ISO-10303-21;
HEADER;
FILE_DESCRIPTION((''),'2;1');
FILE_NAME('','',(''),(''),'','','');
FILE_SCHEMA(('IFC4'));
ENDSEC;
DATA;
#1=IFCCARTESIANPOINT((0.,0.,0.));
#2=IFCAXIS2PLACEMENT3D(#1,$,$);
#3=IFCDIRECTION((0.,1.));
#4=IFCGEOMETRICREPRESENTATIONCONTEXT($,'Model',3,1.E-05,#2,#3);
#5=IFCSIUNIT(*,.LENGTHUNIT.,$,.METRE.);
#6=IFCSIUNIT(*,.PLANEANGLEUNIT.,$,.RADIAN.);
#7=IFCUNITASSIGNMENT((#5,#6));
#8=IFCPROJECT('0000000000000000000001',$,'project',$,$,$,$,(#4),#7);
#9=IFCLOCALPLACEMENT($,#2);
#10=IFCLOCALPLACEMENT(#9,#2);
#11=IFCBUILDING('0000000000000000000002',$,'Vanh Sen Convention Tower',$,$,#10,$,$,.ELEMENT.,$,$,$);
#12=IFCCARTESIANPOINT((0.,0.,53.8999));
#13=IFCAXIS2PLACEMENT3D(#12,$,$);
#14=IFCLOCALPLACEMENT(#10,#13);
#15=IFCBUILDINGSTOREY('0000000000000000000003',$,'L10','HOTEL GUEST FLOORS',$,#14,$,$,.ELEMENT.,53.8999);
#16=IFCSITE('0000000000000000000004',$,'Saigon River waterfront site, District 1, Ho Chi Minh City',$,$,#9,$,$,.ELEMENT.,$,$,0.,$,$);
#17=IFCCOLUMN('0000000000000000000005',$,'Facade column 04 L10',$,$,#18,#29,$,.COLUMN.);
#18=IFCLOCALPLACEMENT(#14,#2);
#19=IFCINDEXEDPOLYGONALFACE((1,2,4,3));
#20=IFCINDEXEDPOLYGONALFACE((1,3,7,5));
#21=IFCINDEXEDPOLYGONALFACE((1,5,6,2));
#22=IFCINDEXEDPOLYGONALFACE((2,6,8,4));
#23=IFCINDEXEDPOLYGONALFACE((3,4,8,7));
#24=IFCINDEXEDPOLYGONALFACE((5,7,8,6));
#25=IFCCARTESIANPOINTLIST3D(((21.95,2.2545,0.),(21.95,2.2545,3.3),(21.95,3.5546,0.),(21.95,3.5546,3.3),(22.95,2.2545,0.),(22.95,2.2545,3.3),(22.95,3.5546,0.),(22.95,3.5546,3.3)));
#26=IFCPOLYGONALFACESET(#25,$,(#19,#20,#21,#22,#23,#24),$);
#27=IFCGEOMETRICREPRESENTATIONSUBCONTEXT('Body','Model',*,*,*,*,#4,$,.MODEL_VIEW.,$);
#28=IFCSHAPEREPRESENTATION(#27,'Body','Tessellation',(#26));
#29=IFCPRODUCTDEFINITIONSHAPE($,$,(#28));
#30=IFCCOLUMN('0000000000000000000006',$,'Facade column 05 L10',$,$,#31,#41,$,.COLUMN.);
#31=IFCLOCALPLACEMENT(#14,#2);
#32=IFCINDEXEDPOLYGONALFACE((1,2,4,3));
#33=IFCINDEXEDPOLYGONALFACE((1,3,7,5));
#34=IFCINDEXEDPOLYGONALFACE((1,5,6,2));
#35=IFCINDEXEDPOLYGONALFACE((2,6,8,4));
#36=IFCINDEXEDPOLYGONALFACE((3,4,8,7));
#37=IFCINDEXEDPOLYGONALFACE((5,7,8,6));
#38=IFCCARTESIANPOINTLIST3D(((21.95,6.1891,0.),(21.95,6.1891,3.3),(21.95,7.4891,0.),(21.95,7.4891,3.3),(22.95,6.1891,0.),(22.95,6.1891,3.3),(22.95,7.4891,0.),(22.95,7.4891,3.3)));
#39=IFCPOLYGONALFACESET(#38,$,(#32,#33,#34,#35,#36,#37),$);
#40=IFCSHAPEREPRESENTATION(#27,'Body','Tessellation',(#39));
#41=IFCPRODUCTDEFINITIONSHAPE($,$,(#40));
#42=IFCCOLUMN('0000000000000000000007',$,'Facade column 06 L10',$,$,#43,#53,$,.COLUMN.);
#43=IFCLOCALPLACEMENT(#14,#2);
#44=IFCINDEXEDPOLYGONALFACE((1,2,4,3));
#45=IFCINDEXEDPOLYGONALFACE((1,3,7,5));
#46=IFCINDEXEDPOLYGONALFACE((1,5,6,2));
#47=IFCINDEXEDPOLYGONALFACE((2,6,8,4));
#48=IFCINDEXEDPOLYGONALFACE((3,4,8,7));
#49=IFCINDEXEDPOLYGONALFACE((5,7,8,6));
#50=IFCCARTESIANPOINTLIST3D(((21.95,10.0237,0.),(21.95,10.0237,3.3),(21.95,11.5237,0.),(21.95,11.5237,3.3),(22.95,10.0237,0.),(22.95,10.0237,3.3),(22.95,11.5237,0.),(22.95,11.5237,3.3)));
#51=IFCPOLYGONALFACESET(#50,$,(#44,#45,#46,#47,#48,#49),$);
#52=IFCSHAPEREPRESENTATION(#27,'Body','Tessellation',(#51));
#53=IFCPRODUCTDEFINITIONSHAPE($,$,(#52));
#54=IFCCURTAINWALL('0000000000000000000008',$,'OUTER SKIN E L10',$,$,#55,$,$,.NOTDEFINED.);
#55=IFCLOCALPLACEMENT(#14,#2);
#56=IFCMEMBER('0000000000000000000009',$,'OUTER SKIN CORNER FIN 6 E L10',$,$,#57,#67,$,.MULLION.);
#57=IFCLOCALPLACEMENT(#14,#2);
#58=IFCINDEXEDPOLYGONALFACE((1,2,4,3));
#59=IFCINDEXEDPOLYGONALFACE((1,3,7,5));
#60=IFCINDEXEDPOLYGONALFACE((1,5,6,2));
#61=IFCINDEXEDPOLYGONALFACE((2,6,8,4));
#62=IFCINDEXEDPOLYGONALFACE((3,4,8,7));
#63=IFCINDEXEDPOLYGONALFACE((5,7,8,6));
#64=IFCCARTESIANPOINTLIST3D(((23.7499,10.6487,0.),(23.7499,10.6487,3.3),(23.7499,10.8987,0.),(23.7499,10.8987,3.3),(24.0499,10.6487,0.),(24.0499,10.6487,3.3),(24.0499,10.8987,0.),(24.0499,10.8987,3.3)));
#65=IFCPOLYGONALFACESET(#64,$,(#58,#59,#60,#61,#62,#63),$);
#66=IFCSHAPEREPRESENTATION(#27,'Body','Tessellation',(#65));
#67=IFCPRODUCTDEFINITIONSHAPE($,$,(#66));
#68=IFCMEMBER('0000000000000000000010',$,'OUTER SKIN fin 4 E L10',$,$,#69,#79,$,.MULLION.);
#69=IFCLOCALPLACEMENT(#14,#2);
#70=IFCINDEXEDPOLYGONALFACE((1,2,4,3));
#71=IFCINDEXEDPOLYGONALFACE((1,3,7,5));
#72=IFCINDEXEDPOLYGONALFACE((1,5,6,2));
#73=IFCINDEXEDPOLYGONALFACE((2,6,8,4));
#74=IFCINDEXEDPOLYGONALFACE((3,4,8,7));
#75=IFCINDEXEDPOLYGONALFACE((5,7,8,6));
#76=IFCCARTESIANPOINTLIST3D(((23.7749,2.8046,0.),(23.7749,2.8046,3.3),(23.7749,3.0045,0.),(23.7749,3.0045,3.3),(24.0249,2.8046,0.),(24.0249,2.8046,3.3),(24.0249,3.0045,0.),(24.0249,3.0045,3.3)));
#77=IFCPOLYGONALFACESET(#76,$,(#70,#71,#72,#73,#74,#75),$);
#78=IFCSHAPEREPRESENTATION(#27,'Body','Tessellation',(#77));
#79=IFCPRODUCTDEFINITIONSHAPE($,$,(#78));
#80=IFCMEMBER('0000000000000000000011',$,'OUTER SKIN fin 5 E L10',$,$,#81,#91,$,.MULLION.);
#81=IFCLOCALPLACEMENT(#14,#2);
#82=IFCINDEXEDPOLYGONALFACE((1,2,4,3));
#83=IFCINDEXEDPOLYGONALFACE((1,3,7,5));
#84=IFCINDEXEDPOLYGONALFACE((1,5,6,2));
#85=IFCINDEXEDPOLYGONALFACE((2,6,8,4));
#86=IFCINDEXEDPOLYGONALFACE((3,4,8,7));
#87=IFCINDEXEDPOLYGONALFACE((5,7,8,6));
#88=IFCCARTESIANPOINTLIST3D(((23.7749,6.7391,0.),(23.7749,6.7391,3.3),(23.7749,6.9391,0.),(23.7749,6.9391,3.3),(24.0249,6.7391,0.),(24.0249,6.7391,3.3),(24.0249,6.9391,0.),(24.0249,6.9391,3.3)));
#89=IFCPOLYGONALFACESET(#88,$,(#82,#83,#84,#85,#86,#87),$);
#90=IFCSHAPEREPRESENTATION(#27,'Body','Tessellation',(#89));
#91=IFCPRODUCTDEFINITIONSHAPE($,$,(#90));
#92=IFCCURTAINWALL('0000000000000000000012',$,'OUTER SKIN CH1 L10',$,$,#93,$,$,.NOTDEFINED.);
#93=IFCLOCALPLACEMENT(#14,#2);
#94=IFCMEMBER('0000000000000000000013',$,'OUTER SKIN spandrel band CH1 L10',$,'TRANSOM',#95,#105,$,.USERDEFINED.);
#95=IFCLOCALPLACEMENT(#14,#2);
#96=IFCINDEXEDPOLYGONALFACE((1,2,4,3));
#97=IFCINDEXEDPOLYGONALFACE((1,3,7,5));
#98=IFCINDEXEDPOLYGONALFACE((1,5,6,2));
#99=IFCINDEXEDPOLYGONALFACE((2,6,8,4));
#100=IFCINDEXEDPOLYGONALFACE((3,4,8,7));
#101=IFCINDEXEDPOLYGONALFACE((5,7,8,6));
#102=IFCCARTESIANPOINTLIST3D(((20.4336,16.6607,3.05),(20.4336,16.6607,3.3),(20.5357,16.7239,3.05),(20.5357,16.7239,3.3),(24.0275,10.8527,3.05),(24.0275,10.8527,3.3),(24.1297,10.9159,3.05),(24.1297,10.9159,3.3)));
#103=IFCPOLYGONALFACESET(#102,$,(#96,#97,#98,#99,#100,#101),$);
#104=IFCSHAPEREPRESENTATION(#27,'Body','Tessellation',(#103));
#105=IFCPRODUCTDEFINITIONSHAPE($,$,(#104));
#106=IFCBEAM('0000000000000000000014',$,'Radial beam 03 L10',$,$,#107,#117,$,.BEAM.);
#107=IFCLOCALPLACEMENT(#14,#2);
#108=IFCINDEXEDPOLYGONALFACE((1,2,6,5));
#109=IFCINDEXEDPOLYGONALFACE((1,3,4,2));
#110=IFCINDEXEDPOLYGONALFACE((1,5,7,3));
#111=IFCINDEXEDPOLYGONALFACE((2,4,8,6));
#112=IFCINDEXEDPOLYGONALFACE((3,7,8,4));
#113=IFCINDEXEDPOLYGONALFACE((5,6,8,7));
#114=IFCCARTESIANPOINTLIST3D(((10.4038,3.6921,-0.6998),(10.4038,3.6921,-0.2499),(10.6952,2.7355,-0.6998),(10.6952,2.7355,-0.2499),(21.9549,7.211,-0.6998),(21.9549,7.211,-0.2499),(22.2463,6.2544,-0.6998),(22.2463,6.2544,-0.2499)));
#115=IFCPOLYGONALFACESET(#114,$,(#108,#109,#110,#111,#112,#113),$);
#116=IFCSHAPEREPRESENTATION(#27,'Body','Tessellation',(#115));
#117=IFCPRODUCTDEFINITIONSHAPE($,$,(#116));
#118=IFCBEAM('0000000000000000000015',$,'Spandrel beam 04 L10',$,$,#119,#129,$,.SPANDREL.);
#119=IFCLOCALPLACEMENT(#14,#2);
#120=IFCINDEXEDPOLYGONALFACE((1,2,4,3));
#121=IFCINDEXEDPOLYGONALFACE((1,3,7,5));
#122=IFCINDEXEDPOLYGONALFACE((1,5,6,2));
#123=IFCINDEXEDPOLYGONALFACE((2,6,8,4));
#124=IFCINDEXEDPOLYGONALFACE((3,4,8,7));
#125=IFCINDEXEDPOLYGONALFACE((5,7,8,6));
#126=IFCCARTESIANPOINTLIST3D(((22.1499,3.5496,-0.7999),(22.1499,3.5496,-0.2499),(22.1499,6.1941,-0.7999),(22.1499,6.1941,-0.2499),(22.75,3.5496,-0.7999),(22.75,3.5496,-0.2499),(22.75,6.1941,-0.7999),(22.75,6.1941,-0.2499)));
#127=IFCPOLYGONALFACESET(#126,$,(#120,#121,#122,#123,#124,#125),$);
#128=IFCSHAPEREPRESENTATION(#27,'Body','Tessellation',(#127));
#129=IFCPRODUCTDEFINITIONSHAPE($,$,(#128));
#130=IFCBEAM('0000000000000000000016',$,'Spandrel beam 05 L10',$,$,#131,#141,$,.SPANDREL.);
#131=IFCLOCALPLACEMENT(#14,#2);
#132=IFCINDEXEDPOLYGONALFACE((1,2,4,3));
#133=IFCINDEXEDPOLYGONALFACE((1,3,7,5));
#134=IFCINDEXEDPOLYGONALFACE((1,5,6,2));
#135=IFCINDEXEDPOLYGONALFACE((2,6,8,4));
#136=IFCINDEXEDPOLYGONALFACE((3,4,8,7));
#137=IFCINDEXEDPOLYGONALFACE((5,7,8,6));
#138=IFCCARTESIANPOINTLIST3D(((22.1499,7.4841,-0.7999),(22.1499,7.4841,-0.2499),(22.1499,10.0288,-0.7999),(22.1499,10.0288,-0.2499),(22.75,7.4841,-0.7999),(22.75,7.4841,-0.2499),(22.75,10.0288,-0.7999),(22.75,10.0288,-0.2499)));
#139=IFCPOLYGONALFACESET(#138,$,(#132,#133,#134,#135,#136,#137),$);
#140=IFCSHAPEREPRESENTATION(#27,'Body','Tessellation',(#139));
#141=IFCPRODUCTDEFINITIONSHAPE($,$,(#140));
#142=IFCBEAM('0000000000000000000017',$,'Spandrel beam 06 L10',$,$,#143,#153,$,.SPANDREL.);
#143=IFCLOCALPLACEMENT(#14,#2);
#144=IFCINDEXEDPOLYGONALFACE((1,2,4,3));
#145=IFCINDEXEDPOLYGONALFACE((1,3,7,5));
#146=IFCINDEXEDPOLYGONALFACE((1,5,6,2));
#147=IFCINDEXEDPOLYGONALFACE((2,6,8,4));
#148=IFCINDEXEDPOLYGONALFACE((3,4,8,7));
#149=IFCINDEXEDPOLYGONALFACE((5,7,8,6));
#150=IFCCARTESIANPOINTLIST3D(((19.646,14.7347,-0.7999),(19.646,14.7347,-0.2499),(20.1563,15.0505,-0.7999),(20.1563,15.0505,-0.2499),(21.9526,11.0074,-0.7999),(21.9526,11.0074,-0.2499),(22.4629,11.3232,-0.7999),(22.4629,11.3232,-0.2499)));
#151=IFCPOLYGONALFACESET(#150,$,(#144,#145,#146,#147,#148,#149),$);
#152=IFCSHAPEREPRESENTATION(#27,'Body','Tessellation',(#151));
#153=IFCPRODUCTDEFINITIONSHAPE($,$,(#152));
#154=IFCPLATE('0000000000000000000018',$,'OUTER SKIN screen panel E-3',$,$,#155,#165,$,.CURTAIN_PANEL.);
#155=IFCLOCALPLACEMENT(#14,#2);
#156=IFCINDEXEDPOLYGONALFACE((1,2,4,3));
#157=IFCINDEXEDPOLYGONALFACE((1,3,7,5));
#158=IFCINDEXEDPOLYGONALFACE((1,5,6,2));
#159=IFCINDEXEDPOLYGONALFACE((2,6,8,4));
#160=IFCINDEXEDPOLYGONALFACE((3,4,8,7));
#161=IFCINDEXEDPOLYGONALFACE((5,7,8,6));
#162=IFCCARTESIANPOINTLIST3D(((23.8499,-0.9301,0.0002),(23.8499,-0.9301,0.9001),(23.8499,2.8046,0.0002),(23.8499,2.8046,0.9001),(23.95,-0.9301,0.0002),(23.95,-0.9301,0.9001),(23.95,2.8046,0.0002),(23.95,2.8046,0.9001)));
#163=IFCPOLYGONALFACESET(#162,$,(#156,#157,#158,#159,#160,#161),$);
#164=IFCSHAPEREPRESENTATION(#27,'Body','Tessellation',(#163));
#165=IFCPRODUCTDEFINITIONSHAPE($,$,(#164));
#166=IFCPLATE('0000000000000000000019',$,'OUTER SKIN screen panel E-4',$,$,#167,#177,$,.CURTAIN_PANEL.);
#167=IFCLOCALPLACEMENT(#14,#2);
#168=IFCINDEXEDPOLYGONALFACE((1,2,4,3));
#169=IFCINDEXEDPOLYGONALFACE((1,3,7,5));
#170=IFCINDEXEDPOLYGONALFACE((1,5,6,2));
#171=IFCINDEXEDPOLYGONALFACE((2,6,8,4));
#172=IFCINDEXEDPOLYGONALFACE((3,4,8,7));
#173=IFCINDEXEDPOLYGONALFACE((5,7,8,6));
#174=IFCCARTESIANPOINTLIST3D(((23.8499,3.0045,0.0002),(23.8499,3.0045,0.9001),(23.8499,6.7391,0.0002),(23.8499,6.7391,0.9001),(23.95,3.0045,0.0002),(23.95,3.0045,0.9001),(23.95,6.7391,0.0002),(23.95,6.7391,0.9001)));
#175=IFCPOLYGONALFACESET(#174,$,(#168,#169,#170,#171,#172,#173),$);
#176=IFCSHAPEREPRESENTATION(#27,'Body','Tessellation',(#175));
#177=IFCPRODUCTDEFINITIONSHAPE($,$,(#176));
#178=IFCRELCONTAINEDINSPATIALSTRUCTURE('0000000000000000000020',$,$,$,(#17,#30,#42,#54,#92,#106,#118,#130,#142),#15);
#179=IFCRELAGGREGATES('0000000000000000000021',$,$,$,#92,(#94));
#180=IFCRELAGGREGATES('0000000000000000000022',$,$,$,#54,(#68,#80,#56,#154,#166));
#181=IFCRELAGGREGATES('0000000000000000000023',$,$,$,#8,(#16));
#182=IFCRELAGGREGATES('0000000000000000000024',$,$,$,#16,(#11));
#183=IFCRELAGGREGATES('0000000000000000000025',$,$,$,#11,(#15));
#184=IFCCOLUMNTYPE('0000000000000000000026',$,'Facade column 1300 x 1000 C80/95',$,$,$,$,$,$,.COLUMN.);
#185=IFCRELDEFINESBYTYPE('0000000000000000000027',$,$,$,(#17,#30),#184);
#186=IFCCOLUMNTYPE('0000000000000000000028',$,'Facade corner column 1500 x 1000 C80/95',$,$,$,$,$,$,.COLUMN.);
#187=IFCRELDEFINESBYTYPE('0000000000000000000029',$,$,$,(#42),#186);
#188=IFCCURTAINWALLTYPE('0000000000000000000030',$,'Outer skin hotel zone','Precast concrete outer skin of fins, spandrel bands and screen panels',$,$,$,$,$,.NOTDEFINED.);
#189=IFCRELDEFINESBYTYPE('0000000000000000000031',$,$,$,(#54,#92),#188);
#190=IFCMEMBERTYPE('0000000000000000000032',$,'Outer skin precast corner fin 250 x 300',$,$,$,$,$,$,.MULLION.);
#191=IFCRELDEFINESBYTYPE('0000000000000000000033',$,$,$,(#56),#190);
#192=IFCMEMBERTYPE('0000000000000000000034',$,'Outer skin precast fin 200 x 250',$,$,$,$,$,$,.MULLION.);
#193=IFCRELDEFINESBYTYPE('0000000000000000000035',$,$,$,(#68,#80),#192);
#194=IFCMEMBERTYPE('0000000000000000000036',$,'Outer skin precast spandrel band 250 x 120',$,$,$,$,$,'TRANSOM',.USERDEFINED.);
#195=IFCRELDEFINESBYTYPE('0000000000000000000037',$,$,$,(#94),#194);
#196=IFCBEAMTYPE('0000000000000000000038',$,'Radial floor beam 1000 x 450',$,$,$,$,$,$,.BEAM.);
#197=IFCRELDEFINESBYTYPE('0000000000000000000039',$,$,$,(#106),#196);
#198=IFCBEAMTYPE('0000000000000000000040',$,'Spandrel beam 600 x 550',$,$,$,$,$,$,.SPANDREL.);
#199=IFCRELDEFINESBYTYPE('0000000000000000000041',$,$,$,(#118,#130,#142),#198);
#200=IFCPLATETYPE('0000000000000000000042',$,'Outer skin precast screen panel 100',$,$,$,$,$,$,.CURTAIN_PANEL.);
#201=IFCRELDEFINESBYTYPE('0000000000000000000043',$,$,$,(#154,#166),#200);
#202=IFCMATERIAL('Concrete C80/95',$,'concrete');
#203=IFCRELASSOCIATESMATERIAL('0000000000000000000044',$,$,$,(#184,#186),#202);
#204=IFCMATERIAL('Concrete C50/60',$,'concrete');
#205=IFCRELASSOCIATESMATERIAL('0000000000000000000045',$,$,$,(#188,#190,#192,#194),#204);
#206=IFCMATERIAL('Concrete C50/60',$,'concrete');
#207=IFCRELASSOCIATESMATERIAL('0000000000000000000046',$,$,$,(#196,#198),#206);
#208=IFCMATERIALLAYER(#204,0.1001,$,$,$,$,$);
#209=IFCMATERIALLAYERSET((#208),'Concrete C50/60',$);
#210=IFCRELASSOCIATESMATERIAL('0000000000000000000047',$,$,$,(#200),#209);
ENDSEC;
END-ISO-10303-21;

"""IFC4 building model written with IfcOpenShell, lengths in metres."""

from ifc_helpers import new_model, si_unit, direction, frame, origin, origin_2d, place, context, subcontext, project, spatial, rectangle, extrude, material, layer, layer_set, material_profile, profile_set, type_object, element, aggregate, save


model = new_model("IFC4")

# Units and contexts
model_context = context("Model", 3, precision=1e-05, world=origin(), true_north=direction((0.0, 1.0)))
body_context = subcontext(model_context, "Body", "Model", "MODEL_VIEW")
ifc_project = project(units=[si_unit("LENGTHUNIT", "METRE"), si_unit("PLANEANGLEUNIT", "RADIAN")], contexts=[model_context])

# Site, building, storey
site_placement = place(None, origin())
site = spatial("IfcSite", under=ifc_project, at=site_placement, Name="Saigon River waterfront site, District 1, Ho Chi Minh City", CompositionType="ELEMENT", RefElevation=0.0)
building_placement = place(site_placement, origin())
building = spatial("IfcBuilding", under=site, at=building_placement, Name="Vanh Sen Convention Tower", CompositionType="ELEMENT")
storey_placement = place(building_placement, frame((0.0, 0.0, 53.8999)))
storey = spatial("IfcBuildingStorey", under=building, at=storey_placement, Name="L10", Description="HOTEL GUEST FLOORS", CompositionType="ELEMENT", Elevation=53.8999)

# Columns
ifc_material_1 = material(Name="Concrete C80/95", Category="concrete")
ifc_material_profile_1 = material_profile(ifc_material_1, rectangle(XDim=1.3, YDim=1.0, at=origin_2d()), Name="RC 1300X1000")
ifc_profile_set_1 = profile_set([ifc_material_profile_1], Name="Concrete C80/95")
column_type_1 = type_object("IfcColumnType", Name="Facade column 1300 x 1000 C80/95", PredefinedType="COLUMN", material=ifc_profile_set_1)
for number, where, z_axis, x_axis, name in (
    (1, (22.45, 2.9045, 0.0), (0.0, 0.0, 1.0), (0.0, 1.0, 0.0), "Facade column 04 L10"),
    (2, (22.45, 6.8391, 0.0), (0.0, 0.0, 1.0), (0.0, 1.0, 0.0), "Facade column 05 L10"),
):
    element("IfcColumn", number, at=place(storey_placement, frame(where, z_axis=z_axis, x_axis=x_axis)), inside=storey, type_object=column_type_1, Name=name, PredefinedType="COLUMN", context=body_context, shape_type="SweptSolid", body=[
        extrude(rectangle(XDim=1.3, YDim=1.0, at=origin_2d()), origin(), (0.0, 0.0, 1.0), 3.3),
    ])
ifc_material_profile_2 = material_profile(ifc_material_1, rectangle(XDim=1.5, YDim=1.0, at=origin_2d()), Name="RC 1500X1000")
ifc_profile_set_2 = profile_set([ifc_material_profile_2], Name="Concrete C80/95")
column_type_2 = type_object("IfcColumnType", Name="Facade corner column 1500 x 1000 C80/95", PredefinedType="COLUMN", material=ifc_profile_set_2)
column_placement = place(storey_placement, frame((22.45, 10.7737, 0.0), z_axis=(0.0, 0.0, 1.0), x_axis=(0.0, 1.0, 0.0)))
element("IfcColumn", 3, at=column_placement, inside=storey, type_object=column_type_2, Name="Facade column 06 L10", PredefinedType="COLUMN", context=body_context, shape_type="SweptSolid", body=[
    extrude(rectangle(XDim=1.5, YDim=1.0, at=origin_2d()), origin(), (0.0, 0.0, 1.0), 3.3),
])

# Curtain wall, members
ifc_material_2 = material(Name="Concrete C50/60", Category="concrete")
curtain_wall_type = type_object("IfcCurtainWallType", Name="Outer skin hotel zone", Description="Precast concrete outer skin of fins, spandrel bands and screen panels", PredefinedType="NOTDEFINED", material=ifc_material_2)
curtain_wall_1_placement = place(storey_placement, origin())
curtain_wall_1 = element("IfcCurtainWall", 4, at=curtain_wall_1_placement, inside=storey, type_object=curtain_wall_type, Name="OUTER SKIN E L10", PredefinedType="NOTDEFINED")
ifc_material_profile_3 = material_profile(ifc_material_2, rectangle(XDim=0.25, YDim=0.3, at=origin_2d()), Name="Outer skin precast corner fin 250 x 300")
ifc_profile_set_3 = profile_set([ifc_material_profile_3], Name="Concrete C50/60")
member_type_1 = type_object("IfcMemberType", Name="Outer skin precast corner fin 250 x 300", PredefinedType="MULLION", material=ifc_profile_set_3)
member_1_placement = place(storey_placement, frame((23.8999, 10.7737, 0.0), z_axis=(0.0, 0.0, 1.0), x_axis=(0.0, 1.0, 0.0)))
member_1 = element("IfcMember", 5, at=member_1_placement, type_object=member_type_1, Name="OUTER SKIN CORNER FIN 6 E L10", PredefinedType="MULLION", context=body_context, shape_type="SweptSolid", body=[
    extrude(rectangle(XDim=0.25, YDim=0.3, at=origin_2d()), origin(), (0.0, 0.0, 1.0), 3.3),
])
ifc_material_profile_4 = material_profile(ifc_material_2, rectangle(XDim=0.2, YDim=0.25, at=origin_2d()), Name="Outer skin precast fin 200 x 250")
ifc_profile_set_4 = profile_set([ifc_material_profile_4], Name="Concrete C50/60")
member_type_2 = type_object("IfcMemberType", Name="Outer skin precast fin 200 x 250", PredefinedType="MULLION", material=ifc_profile_set_4)
member_2_placement = place(storey_placement, frame((23.8999, 2.9045, 0.0), z_axis=(0.0, 0.0, 1.0), x_axis=(0.0, 1.0, 0.0)))
member_2 = element("IfcMember", 6, at=member_2_placement, type_object=member_type_2, Name="OUTER SKIN fin 4 E L10", PredefinedType="MULLION", context=body_context, shape_type="SweptSolid", body=[
    extrude(rectangle(XDim=0.2, YDim=0.25, at=origin_2d()), origin(), (0.0, 0.0, 1.0), 3.3),
])
member_3_placement = place(storey_placement, frame((23.8999, 6.8391, 0.0), z_axis=(0.0, 0.0, 1.0), x_axis=(0.0, 1.0, 0.0)))
member_3 = element("IfcMember", 7, at=member_3_placement, type_object=member_type_2, Name="OUTER SKIN fin 5 E L10", PredefinedType="MULLION", context=body_context, shape_type="SweptSolid", body=[
    extrude(rectangle(XDim=0.2, YDim=0.25, at=origin_2d()), origin(), (0.0, 0.0, 1.0), 3.3),
])

# Curtain wall, member
curtain_wall_2_placement = place(storey_placement, origin())
curtain_wall_2 = element("IfcCurtainWall", 8, at=curtain_wall_2_placement, inside=storey, type_object=curtain_wall_type, Name="OUTER SKIN CH1 L10", PredefinedType="NOTDEFINED")
ifc_material_profile_5 = material_profile(ifc_material_2, rectangle(XDim=0.1201, YDim=0.25, at=origin_2d()), Name="Outer skin precast spandrel band 250 x 120")
ifc_profile_set_5 = profile_set([ifc_material_profile_5], Name="Concrete C50/60")
member_type_3 = type_object("IfcMemberType", Name="Outer skin precast spandrel band 250 x 120", ElementType="TRANSOM", PredefinedType="USERDEFINED", material=ifc_profile_set_5)
member_4_placement = place(storey_placement, frame((24.0786, 10.8843, 3.175), z_axis=(-0.526196, 0.850363, 0.0), x_axis=(-0.850363, -0.526196, 0.0)))
member_4 = element("IfcMember", 9, at=member_4_placement, type_object=member_type_3, Name="OUTER SKIN spandrel band CH1 L10", ObjectType="TRANSOM", PredefinedType="USERDEFINED", context=body_context, shape_type="SweptSolid", body=[
    extrude(rectangle(XDim=0.1201, YDim=0.25, at=origin_2d()), origin(), (0.0, 0.0, 1.0), 6.8301),
])
aggregate(curtain_wall_2, [member_4])

# Beams
ifc_material_3 = material(Name="Concrete C50/60", Category="concrete")
ifc_material_profile_6 = material_profile(ifc_material_3, rectangle(XDim=1.0, YDim=0.45, at=origin_2d()), Name="RC 1000X450")
ifc_profile_set_6 = profile_set([ifc_material_profile_6], Name="Concrete C50/60")
beam_type_1 = type_object("IfcBeamType", Name="Radial floor beam 1000 x 450", PredefinedType="BEAM", material=ifc_profile_set_6)
beam_1_placement = place(storey_placement, frame((22.1006, 6.7327, -0.4749), z_axis=(-0.956598, -0.291409, 0.0), x_axis=(0.291409, -0.956598, 0.0)))
element("IfcBeam", 10, at=beam_1_placement, inside=storey, type_object=beam_type_1, Name="Radial beam 03 L10", PredefinedType="BEAM", context=body_context, shape_type="SweptSolid", body=[
    extrude(rectangle(XDim=1.0, YDim=0.45, at=origin_2d()), origin(), (0.0, 0.0, 1.0), 12.0752),
])
ifc_material_profile_7 = material_profile(ifc_material_3, rectangle(XDim=0.6001, YDim=0.55, at=origin_2d()), Name="RC 600X550")
ifc_profile_set_7 = profile_set([ifc_material_profile_7], Name="Concrete C50/60")
beam_type_2 = type_object("IfcBeamType", Name="Spandrel beam 600 x 550", PredefinedType="SPANDREL", material=ifc_profile_set_7)
beam_2_placement = place(storey_placement, frame((22.45, 3.5496, -0.5249), z_axis=(0.0, 1.0, 0.0), x_axis=(-1.0, 0.0, 0.0)))
element("IfcBeam", 11, at=beam_2_placement, inside=storey, type_object=beam_type_2, Name="Spandrel beam 04 L10", PredefinedType="SPANDREL", context=body_context, shape_type="SweptSolid", body=[
    extrude(rectangle(XDim=0.6001, YDim=0.55, at=origin_2d()), origin(), (0.0, 0.0, 1.0), 2.6445),
])
beam_3_placement = place(storey_placement, frame((22.45, 7.4841, -0.5249), z_axis=(0.0, 1.0, 0.0), x_axis=(-1.0, 0.0, 0.0)))
element("IfcBeam", 12, at=beam_3_placement, inside=storey, type_object=beam_type_2, Name="Spandrel beam 05 L10", PredefinedType="SPANDREL", context=body_context, shape_type="SweptSolid", body=[
    extrude(rectangle(XDim=0.6001, YDim=0.55, at=origin_2d()), origin(), (0.0, 0.0, 1.0), 2.5447),
])
beam_4_placement = place(storey_placement, frame((22.2078, 11.1653, -0.5249), z_axis=(-0.526234, 0.85034, 0.0), x_axis=(-0.85034, -0.526234, 0.0)))
element("IfcBeam", 13, at=beam_4_placement, inside=storey, type_object=beam_type_2, Name="Spandrel beam 06 L10", PredefinedType="SPANDREL", context=body_context, shape_type="SweptSolid", body=[
    extrude(rectangle(XDim=0.6001, YDim=0.55, at=origin_2d()), origin(), (0.0, 0.0, 1.0), 4.3833),
])

# Plates
ifc_layer_1 = layer(ifc_material_2, 0.1001)
ifc_layer_set_1 = layer_set([ifc_layer_1], Name="Concrete C50/60")
plate_type = type_object("IfcPlateType", Name="Outer skin precast screen panel 100", PredefinedType="CURTAIN_PANEL", material=ifc_layer_set_1)
plate_1_placement = place(storey_placement, frame((23.8999, 0.9373, 0.0002), z_axis=(0.0, 0.0, 1.0), x_axis=(0.0, 1.0, 0.0)))
plate_1 = element("IfcPlate", 14, at=plate_1_placement, type_object=plate_type, Name="OUTER SKIN screen panel E-3", PredefinedType="CURTAIN_PANEL", context=body_context, shape_type="SweptSolid", body=[
    extrude(rectangle(XDim=3.7346, YDim=0.1001, at=origin_2d()), origin(), (0.0, 0.0, 1.0), 0.8999),
])
plate_2_placement = place(storey_placement, frame((23.8999, 4.8718, 0.0002), z_axis=(0.0, 0.0, 1.0), x_axis=(0.0, 1.0, 0.0)))
plate_2 = element("IfcPlate", 15, at=plate_2_placement, type_object=plate_type, Name="OUTER SKIN screen panel E-4", PredefinedType="CURTAIN_PANEL", context=body_context, shape_type="SweptSolid", body=[
    extrude(rectangle(XDim=3.7346, YDim=0.1001, at=origin_2d()), origin(), (0.0, 0.0, 1.0), 0.8999),
])
aggregate(curtain_wall_1, [member_2, member_3, member_1, plate_1, plate_2])

save(model, "model.ifc")
